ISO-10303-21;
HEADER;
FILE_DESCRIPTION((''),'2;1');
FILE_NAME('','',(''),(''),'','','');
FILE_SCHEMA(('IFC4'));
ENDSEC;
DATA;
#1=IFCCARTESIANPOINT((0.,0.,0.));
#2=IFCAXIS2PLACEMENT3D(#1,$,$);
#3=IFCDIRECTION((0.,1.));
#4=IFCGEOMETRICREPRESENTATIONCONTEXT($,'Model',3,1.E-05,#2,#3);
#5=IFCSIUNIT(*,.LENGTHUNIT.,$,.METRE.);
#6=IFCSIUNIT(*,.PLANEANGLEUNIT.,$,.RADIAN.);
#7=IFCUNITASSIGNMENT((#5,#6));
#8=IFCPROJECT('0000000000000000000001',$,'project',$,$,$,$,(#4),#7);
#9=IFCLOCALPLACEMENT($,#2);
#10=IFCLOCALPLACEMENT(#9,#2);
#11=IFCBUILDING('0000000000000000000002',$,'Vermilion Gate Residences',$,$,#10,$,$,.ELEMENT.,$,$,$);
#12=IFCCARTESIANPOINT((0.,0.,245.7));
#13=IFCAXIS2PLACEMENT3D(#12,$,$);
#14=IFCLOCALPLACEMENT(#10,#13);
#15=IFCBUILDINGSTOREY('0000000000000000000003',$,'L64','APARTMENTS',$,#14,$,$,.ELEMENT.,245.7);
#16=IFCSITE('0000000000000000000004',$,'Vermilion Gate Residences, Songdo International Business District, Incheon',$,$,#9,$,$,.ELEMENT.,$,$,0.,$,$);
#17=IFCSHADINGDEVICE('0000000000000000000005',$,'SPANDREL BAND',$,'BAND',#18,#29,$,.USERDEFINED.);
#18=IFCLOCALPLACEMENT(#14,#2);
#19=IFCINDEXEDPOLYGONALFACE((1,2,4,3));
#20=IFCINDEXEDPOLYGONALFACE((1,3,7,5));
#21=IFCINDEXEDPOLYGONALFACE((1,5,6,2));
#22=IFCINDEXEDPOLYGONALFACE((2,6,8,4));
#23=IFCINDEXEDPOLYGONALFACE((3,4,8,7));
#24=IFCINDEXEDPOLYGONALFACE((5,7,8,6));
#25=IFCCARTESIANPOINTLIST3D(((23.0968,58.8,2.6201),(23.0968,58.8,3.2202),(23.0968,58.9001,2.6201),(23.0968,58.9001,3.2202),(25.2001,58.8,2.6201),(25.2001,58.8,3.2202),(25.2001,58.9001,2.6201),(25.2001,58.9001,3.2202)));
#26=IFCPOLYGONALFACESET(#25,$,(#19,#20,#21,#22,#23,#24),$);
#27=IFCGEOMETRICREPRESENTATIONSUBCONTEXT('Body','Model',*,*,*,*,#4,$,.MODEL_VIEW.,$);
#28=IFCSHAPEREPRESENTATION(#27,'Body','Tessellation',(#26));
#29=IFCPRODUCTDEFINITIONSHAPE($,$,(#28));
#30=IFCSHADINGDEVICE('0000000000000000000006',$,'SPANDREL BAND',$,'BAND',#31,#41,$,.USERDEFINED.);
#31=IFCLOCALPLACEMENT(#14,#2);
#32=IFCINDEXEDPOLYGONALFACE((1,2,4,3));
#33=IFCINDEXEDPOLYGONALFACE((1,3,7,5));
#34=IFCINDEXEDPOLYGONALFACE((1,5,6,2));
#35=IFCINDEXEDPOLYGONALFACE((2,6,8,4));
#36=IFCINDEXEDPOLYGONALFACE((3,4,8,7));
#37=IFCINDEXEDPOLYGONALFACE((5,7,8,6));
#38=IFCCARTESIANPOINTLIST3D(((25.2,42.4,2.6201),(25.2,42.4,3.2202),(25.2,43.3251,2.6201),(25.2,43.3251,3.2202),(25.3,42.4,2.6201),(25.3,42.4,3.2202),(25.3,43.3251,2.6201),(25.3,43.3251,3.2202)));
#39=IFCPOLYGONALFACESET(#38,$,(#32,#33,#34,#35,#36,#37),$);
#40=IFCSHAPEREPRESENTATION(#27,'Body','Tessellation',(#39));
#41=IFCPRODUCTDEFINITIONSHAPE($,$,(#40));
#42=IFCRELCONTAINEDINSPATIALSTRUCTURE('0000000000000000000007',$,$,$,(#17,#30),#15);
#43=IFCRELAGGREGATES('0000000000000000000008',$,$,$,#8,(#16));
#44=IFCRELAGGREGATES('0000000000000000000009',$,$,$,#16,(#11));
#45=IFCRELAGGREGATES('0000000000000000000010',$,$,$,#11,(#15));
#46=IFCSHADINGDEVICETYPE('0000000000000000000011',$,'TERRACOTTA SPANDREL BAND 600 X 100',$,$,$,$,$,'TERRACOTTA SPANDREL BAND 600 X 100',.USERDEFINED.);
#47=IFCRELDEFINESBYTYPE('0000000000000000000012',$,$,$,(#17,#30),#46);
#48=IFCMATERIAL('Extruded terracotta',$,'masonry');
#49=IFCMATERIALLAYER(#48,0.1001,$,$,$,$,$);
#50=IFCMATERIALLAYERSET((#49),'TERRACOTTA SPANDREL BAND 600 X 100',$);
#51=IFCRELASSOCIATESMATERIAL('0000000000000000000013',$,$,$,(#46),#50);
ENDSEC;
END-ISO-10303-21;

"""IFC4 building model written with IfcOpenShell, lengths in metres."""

from ifc_helpers import new_model, si_unit, direction, frame, origin, origin_2d, place, context, subcontext, project, spatial, rectangle, extrude, material, layer, layer_set, type_object, element, save


model = new_model("IFC4")

# Units and contexts
model_context = context("Model", 3, precision=1e-05, world=origin(), true_north=direction((0.0, 1.0)))
body_context = subcontext(model_context, "Body", "Model", "MODEL_VIEW")
ifc_project = project(units=[si_unit("LENGTHUNIT", "METRE"), si_unit("PLANEANGLEUNIT", "RADIAN")], contexts=[model_context])

# Site, building, storey
site_placement = place(None, origin())
site = spatial("IfcSite", under=ifc_project, at=site_placement, Name="Vermilion Gate Residences, Songdo International Business District, Incheon", CompositionType="ELEMENT", RefElevation=0.0)
building_placement = place(site_placement, origin())
building = spatial("IfcBuilding", under=site, at=building_placement, Name="Vermilion Gate Residences", CompositionType="ELEMENT")
storey_placement = place(building_placement, frame((0.0, 0.0, 245.7)))
storey = spatial("IfcBuildingStorey", under=building, at=storey_placement, Name="L64", Description="APARTMENTS", CompositionType="ELEMENT", Elevation=245.7)

# Shading devices
ifc_material_1 = material(Name="Extruded terracotta", Category="masonry")
ifc_layer_1 = layer(ifc_material_1, 0.1001)
ifc_layer_set_1 = layer_set([ifc_layer_1], Name="TERRACOTTA SPANDREL BAND 600 X 100")
shading_device_type = type_object("IfcShadingDeviceType", Name="TERRACOTTA SPANDREL BAND 600 X 100", ElementType="TERRACOTTA SPANDREL BAND 600 X 100", PredefinedType="USERDEFINED", material=ifc_layer_set_1)
shading_device_1_placement = place(storey_placement, frame((24.1484, 58.8501, 2.6201), z_axis=(0.0, 0.0, 1.0), x_axis=(1.0, 0.0, 0.0)))
element("IfcShadingDevice", 1, at=shading_device_1_placement, inside=storey, type_object=shading_device_type, Name="SPANDREL BAND", ObjectType="BAND", PredefinedType="USERDEFINED", context=body_context, shape_type="SweptSolid", body=[
    extrude(rectangle(XDim=2.1033, YDim=0.1001, at=origin_2d()), origin(), (0.0, 0.0, 1.0), 0.6001),
])
shading_device_2_placement = place(storey_placement, frame((25.25, 42.8625, 2.6201), z_axis=(0.0, 0.0, 1.0), x_axis=(0.0, 1.0, 0.0)))
element("IfcShadingDevice", 2, at=shading_device_2_placement, inside=storey, type_object=shading_device_type, Name="SPANDREL BAND", ObjectType="BAND", PredefinedType="USERDEFINED", context=body_context, shape_type="SweptSolid", body=[
    extrude(rectangle(XDim=0.925, YDim=0.1001, at=origin_2d()), origin(), (0.0, 0.0, 1.0), 0.6001),
])

save(model, "model.ifc")
